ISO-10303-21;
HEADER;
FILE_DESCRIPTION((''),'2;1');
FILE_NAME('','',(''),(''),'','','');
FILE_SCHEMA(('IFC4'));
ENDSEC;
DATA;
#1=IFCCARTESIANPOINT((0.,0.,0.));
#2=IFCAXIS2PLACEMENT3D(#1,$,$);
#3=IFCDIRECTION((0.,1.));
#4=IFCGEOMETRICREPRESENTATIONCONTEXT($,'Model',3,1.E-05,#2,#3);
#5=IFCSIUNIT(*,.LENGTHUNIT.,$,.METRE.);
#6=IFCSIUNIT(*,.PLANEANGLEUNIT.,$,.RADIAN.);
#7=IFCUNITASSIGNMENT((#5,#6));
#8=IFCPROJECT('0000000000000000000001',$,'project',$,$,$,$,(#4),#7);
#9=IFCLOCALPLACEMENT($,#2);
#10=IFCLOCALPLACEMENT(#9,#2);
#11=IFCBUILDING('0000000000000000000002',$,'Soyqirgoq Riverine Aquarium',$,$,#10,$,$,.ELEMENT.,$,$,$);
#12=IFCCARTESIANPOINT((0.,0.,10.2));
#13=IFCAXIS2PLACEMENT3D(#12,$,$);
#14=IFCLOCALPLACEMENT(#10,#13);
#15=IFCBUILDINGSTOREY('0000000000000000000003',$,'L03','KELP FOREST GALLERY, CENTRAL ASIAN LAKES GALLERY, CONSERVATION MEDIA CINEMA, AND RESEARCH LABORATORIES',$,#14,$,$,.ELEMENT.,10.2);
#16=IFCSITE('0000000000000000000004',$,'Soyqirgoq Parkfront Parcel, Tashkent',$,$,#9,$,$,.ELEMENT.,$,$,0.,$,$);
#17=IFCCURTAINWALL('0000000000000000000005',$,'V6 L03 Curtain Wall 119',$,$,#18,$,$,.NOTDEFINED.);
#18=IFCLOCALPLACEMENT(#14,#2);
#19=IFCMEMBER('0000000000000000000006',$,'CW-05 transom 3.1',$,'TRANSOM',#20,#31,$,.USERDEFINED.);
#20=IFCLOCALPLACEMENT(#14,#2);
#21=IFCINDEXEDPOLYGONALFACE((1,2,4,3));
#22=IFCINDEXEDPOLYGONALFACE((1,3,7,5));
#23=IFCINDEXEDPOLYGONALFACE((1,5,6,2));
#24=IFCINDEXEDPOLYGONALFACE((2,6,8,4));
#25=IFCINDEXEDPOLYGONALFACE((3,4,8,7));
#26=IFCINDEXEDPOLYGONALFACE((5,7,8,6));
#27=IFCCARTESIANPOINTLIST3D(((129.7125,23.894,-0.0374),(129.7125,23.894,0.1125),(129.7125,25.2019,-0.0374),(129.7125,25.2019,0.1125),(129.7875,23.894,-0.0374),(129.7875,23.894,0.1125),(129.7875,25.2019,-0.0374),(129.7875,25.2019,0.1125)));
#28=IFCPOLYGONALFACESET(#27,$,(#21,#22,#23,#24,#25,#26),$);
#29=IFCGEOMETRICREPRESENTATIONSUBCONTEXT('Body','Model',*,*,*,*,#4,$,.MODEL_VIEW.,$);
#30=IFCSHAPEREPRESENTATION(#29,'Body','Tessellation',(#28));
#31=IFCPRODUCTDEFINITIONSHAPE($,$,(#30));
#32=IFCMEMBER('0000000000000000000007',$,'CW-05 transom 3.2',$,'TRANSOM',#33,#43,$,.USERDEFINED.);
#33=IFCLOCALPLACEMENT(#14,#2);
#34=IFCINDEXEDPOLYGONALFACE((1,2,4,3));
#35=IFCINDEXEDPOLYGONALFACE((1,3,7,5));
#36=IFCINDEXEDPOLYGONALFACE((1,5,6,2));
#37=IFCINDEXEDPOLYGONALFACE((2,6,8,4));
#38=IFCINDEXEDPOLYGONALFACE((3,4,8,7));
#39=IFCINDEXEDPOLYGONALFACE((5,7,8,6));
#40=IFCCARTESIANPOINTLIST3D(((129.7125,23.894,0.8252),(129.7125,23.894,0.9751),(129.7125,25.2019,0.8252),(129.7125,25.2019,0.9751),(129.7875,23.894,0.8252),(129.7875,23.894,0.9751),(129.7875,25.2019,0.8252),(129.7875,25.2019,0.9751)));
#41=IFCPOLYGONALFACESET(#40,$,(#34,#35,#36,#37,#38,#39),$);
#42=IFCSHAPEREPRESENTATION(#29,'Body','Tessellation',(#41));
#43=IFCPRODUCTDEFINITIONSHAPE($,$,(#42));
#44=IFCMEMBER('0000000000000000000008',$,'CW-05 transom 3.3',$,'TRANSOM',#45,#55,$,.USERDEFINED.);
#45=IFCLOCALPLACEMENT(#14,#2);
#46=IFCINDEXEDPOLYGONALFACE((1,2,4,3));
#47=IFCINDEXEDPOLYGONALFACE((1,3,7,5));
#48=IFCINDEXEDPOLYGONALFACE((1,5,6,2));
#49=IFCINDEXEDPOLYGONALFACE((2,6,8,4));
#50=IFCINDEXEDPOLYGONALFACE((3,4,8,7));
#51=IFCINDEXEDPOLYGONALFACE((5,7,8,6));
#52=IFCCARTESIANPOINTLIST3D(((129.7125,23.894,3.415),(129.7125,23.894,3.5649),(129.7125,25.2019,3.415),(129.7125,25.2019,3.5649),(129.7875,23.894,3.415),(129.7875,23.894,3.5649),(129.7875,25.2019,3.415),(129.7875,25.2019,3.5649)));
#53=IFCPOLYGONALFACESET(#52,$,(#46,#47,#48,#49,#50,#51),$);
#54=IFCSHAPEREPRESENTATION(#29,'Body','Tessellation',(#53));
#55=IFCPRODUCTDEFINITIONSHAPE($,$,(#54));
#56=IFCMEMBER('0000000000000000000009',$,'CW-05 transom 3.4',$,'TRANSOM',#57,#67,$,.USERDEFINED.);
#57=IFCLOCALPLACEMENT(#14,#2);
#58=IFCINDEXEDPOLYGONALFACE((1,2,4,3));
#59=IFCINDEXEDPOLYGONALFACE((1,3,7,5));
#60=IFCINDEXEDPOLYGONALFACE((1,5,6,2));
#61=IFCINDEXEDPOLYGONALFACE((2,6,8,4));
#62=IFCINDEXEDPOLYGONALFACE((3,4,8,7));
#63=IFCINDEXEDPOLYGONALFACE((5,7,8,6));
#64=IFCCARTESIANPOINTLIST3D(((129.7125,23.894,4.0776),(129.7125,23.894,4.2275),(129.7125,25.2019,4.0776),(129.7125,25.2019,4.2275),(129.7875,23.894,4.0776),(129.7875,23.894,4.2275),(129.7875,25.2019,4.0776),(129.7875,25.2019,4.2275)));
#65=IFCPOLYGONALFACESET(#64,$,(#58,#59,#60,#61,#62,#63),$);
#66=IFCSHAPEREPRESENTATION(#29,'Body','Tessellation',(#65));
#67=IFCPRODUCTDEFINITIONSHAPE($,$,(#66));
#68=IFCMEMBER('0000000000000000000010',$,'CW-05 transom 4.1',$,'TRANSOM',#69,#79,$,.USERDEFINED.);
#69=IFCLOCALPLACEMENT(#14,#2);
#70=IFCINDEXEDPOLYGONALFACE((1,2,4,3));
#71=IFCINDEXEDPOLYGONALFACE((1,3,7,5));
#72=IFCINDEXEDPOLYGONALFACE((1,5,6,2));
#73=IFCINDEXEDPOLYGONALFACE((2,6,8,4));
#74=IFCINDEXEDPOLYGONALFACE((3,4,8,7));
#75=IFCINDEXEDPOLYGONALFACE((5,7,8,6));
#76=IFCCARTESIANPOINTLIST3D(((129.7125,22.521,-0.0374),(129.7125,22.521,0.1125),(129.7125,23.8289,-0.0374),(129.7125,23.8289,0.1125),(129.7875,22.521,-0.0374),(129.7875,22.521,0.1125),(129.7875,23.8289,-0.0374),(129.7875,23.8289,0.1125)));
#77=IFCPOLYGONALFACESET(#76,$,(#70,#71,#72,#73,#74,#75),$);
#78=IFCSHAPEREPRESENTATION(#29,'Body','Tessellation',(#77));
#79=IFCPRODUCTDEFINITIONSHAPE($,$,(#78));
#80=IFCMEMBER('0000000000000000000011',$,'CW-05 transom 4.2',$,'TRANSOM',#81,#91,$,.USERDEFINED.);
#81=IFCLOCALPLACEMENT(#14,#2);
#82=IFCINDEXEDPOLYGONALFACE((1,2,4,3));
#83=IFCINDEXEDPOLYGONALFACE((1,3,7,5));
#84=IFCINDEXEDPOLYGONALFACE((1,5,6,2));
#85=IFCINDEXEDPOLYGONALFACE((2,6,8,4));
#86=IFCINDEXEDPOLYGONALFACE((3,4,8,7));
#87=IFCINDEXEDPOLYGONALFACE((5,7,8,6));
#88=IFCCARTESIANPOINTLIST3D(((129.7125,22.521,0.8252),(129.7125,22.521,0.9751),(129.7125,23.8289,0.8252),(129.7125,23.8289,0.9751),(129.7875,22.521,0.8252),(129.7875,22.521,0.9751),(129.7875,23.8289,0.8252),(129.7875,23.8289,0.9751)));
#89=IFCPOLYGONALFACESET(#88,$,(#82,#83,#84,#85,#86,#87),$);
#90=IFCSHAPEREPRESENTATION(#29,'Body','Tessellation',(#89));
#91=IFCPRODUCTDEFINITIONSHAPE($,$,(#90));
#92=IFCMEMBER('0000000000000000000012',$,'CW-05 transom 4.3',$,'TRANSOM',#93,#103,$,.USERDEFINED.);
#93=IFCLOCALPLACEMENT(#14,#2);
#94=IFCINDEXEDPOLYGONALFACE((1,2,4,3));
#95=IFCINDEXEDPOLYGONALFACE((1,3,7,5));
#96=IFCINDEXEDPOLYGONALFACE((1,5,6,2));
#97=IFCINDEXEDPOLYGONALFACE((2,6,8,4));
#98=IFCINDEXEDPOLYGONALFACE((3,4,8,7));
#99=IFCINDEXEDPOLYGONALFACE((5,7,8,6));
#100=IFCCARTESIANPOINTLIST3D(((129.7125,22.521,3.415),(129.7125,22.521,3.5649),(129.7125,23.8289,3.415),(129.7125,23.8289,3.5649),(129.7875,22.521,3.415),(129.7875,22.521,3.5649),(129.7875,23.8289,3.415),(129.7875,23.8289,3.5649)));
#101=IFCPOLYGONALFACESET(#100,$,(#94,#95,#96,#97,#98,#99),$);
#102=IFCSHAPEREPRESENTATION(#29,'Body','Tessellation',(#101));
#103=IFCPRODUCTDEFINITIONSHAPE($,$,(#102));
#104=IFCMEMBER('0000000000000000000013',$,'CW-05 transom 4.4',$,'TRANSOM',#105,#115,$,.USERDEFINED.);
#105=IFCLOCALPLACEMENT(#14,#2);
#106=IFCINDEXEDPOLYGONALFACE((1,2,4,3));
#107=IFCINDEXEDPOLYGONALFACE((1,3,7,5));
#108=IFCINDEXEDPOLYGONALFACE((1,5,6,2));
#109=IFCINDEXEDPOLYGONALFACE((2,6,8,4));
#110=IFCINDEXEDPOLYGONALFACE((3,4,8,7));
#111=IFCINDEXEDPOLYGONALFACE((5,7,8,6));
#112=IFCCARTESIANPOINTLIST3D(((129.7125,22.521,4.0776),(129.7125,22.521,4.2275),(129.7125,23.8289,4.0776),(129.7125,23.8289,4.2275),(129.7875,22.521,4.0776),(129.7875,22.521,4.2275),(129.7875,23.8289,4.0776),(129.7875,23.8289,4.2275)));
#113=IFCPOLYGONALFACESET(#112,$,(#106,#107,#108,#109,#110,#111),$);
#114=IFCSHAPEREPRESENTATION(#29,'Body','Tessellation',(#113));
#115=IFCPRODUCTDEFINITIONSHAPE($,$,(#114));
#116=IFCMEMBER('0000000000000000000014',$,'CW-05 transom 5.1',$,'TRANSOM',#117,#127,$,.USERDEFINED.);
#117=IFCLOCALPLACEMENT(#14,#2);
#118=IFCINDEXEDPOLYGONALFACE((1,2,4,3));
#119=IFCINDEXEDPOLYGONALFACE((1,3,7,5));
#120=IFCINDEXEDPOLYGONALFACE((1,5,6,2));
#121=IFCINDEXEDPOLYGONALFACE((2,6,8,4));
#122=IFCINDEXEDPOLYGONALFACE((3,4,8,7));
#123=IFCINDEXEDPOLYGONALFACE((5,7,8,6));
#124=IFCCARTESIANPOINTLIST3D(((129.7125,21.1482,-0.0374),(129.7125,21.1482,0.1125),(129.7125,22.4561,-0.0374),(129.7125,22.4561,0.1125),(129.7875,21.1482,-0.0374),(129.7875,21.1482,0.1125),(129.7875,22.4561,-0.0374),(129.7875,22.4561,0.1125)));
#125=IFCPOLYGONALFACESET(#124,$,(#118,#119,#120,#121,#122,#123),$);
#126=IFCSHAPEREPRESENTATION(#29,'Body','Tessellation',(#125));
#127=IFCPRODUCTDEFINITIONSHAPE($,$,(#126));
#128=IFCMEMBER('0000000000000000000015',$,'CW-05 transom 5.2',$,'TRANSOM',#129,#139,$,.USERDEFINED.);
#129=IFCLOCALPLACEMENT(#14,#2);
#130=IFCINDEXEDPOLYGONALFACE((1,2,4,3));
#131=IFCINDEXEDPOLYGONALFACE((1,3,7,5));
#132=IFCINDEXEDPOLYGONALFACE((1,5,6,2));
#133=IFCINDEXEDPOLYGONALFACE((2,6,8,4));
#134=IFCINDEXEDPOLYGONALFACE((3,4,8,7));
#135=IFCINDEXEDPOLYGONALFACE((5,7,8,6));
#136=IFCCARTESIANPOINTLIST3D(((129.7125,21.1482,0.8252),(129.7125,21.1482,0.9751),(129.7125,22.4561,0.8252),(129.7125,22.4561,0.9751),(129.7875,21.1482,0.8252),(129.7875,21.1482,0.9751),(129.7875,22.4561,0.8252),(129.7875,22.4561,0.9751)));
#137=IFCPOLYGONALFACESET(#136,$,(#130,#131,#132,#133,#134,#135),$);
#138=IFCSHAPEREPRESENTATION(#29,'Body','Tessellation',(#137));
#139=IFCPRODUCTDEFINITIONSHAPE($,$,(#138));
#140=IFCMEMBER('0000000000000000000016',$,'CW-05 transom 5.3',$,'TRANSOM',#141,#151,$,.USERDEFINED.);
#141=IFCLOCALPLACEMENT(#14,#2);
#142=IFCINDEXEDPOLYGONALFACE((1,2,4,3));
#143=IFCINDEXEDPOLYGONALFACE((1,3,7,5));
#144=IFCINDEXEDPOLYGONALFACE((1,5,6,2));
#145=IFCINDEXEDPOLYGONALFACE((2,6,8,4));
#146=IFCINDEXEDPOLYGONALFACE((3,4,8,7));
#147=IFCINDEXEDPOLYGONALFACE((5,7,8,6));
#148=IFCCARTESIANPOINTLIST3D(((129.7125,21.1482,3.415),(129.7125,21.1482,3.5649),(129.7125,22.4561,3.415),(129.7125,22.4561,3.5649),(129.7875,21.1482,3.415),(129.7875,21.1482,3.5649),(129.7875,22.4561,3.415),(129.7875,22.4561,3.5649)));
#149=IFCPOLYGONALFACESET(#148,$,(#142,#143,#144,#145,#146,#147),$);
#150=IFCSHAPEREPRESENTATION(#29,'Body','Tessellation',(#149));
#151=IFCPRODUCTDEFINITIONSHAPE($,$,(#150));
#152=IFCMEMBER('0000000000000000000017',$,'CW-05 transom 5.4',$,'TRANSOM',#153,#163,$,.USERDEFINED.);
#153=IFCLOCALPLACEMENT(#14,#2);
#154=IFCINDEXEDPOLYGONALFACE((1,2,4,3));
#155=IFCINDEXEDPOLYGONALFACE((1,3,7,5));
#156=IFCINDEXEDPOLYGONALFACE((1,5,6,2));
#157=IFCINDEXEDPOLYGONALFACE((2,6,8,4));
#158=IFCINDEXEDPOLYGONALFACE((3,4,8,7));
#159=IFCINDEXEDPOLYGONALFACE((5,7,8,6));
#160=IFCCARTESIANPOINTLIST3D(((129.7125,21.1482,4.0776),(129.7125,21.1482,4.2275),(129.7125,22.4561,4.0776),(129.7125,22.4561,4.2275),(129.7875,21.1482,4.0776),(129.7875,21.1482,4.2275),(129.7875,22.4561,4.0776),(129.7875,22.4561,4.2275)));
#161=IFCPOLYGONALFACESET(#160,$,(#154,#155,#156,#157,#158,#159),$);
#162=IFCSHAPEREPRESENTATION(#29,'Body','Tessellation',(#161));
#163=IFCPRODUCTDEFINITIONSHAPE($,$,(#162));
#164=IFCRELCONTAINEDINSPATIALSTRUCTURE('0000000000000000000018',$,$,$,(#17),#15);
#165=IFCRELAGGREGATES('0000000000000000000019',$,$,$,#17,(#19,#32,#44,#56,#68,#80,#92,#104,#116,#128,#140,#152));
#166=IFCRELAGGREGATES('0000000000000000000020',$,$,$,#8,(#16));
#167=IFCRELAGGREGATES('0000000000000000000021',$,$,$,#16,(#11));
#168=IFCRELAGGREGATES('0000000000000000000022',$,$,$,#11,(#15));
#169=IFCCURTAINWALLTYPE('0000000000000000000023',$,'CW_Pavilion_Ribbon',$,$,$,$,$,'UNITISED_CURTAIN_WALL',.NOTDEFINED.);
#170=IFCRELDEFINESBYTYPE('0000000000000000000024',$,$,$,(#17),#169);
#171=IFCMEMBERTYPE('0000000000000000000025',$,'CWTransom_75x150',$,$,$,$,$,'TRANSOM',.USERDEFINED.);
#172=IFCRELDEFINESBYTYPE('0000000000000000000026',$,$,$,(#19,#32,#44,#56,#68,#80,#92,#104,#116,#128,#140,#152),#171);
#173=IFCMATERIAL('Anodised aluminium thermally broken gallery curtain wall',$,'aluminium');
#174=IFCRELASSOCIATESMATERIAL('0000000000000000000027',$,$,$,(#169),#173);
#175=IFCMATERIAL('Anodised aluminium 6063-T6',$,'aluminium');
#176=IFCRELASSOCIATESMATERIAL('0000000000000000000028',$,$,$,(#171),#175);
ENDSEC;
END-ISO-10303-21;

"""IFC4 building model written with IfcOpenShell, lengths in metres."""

from ifc_helpers import new_model, si_unit, direction, frame, origin, origin_2d, place, context, subcontext, project, spatial, rectangle, extrude, material, material_profile, profile_set, type_object, element, aggregate, save


model = new_model("IFC4")

# Units and contexts
model_context = context("Model", 3, precision=1e-05, world=origin(), true_north=direction((0.0, 1.0)))
body_context = subcontext(model_context, "Body", "Model", "MODEL_VIEW")
ifc_project = project(units=[si_unit("LENGTHUNIT", "METRE"), si_unit("PLANEANGLEUNIT", "RADIAN")], contexts=[model_context])

# Site, building, storey
site_placement = place(None, origin())
site = spatial("IfcSite", under=ifc_project, at=site_placement, Name="Soyqirgoq Parkfront Parcel, Tashkent", CompositionType="ELEMENT", RefElevation=0.0)
building_placement = place(site_placement, origin())
building = spatial("IfcBuilding", under=site, at=building_placement, Name="Soyqirgoq Riverine Aquarium", CompositionType="ELEMENT")
storey_placement = place(building_placement, frame((0.0, 0.0, 10.2)))
storey = spatial("IfcBuildingStorey", under=building, at=storey_placement, Name="L03", Description="KELP FOREST GALLERY, CENTRAL ASIAN LAKES GALLERY, CONSERVATION MEDIA CINEMA, AND RESEARCH LABORATORIES", CompositionType="ELEMENT", Elevation=10.2)

# Curtain wall, members
ifc_material_1 = material(Name="Anodised aluminium thermally broken gallery curtain wall", Category="aluminium")
curtain_wall_type = type_object("IfcCurtainWallType", Name="CW_Pavilion_Ribbon", ElementType="UNITISED_CURTAIN_WALL", PredefinedType="NOTDEFINED", material=ifc_material_1)
curtain_wall_placement = place(storey_placement, origin())
curtain_wall = element("IfcCurtainWall", 1, at=curtain_wall_placement, inside=storey, type_object=curtain_wall_type, Name="V6 L03 Curtain Wall 119", PredefinedType="NOTDEFINED")
ifc_material_2 = material(Name="Anodised aluminium 6063-T6", Category="aluminium")
ifc_material_profile_1 = material_profile(ifc_material_2, rectangle(XDim=0.075, YDim=0.1499, at=origin_2d()), Name="ALU-T 75x150")
ifc_profile_set_1 = profile_set([ifc_material_profile_1], Name="Anodised aluminium 6063-T6")
member_type_1 = type_object("IfcMemberType", Name="CWTransom_75x150", ElementType="TRANSOM", PredefinedType="USERDEFINED", material=ifc_profile_set_1)
member_1_placement = place(storey_placement, frame((129.75, 25.2019, 0.0376), z_axis=(0.0, -1.0, 0.0), x_axis=(1.0, 0.0, 0.0)))
member_1 = element("IfcMember", 2, at=member_1_placement, type_object=member_type_1, Name="CW-05 transom 3.1", ObjectType="TRANSOM", PredefinedType="USERDEFINED", context=body_context, shape_type="SweptSolid", body=[
    extrude(rectangle(XDim=0.075, YDim=0.1499, at=origin_2d()), origin(), (0.0, 0.0, 1.0), 1.3079),
])
member_2_placement = place(storey_placement, frame((129.75, 25.2019, 0.9001), z_axis=(0.0, -1.0, 0.0), x_axis=(1.0, 0.0, 0.0)))
member_2 = element("IfcMember", 3, at=member_2_placement, type_object=member_type_1, Name="CW-05 transom 3.2", ObjectType="TRANSOM", PredefinedType="USERDEFINED", context=body_context, shape_type="SweptSolid", body=[
    extrude(rectangle(XDim=0.075, YDim=0.1499, at=origin_2d()), origin(), (0.0, 0.0, 1.0), 1.3079),
])
member_3_placement = place(storey_placement, frame((129.75, 25.2019, 3.49), z_axis=(0.0, -1.0, 0.0), x_axis=(1.0, 0.0, 0.0)))
member_3 = element("IfcMember", 4, at=member_3_placement, type_object=member_type_1, Name="CW-05 transom 3.3", ObjectType="TRANSOM", PredefinedType="USERDEFINED", context=body_context, shape_type="SweptSolid", body=[
    extrude(rectangle(XDim=0.075, YDim=0.1499, at=origin_2d()), origin(), (0.0, 0.0, 1.0), 1.3079),
])
member_4_placement = place(storey_placement, frame((129.75, 25.2019, 4.1526), z_axis=(0.0, -1.0, 0.0), x_axis=(1.0, 0.0, 0.0)))
member_4 = element("IfcMember", 5, at=member_4_placement, type_object=member_type_1, Name="CW-05 transom 3.4", ObjectType="TRANSOM", PredefinedType="USERDEFINED", context=body_context, shape_type="SweptSolid", body=[
    extrude(rectangle(XDim=0.075, YDim=0.1499, at=origin_2d()), origin(), (0.0, 0.0, 1.0), 1.3079),
])
member_5_placement = place(storey_placement, frame((129.75, 23.8289, 0.0376), z_axis=(0.0, -1.0, 0.0), x_axis=(1.0, 0.0, 0.0)))
member_5 = element("IfcMember", 6, at=member_5_placement, type_object=member_type_1, Name="CW-05 transom 4.1", ObjectType="TRANSOM", PredefinedType="USERDEFINED", context=body_context, shape_type="SweptSolid", body=[
    extrude(rectangle(XDim=0.075, YDim=0.1499, at=origin_2d()), origin(), (0.0, 0.0, 1.0), 1.3079),
])
member_6_placement = place(storey_placement, frame((129.75, 23.8289, 0.9001), z_axis=(0.0, -1.0, 0.0), x_axis=(1.0, 0.0, 0.0)))
member_6 = element("IfcMember", 7, at=member_6_placement, type_object=member_type_1, Name="CW-05 transom 4.2", ObjectType="TRANSOM", PredefinedType="USERDEFINED", context=body_context, shape_type="SweptSolid", body=[
    extrude(rectangle(XDim=0.075, YDim=0.1499, at=origin_2d()), origin(), (0.0, 0.0, 1.0), 1.3079),
])
member_7_placement = place(storey_placement, frame((129.75, 23.8289, 3.49), z_axis=(0.0, -1.0, 0.0), x_axis=(1.0, 0.0, 0.0)))
member_7 = element("IfcMember", 8, at=member_7_placement, type_object=member_type_1, Name="CW-05 transom 4.3", ObjectType="TRANSOM", PredefinedType="USERDEFINED", context=body_context, shape_type="SweptSolid", body=[
    extrude(rectangle(XDim=0.075, YDim=0.1499, at=origin_2d()), origin(), (0.0, 0.0, 1.0), 1.3079),
])
member_8_placement = place(storey_placement, frame((129.75, 23.8289, 4.1526), z_axis=(0.0, -1.0, 0.0), x_axis=(1.0, 0.0, 0.0)))
member_8 = element("IfcMember", 9, at=member_8_placement, type_object=member_type_1, Name="CW-05 transom 4.4", ObjectType="TRANSOM", PredefinedType="USERDEFINED", context=body_context, shape_type="SweptSolid", body=[
    extrude(rectangle(XDim=0.075, YDim=0.1499, at=origin_2d()), origin(), (0.0, 0.0, 1.0), 1.3079),
])
member_9_placement = place(storey_placement, frame((129.75, 22.4561, 0.0376), z_axis=(0.0, -1.0, 0.0), x_axis=(1.0, 0.0, 0.0)))
member_9 = element("IfcMember", 10, at=member_9_placement, type_object=member_type_1, Name="CW-05 transom 5.1", ObjectType="TRANSOM", PredefinedType="USERDEFINED", context=body_context, shape_type="SweptSolid", body=[
    extrude(rectangle(XDim=0.075, YDim=0.1499, at=origin_2d()), origin(), (0.0, 0.0, 1.0), 1.3079),
])
member_10_placement = place(storey_placement, frame((129.75, 22.4561, 0.9001), z_axis=(0.0, -1.0, 0.0), x_axis=(1.0, 0.0, 0.0)))
member_10 = element("IfcMember", 11, at=member_10_placement, type_object=member_type_1, Name="CW-05 transom 5.2", ObjectType="TRANSOM", PredefinedType="USERDEFINED", context=body_context, shape_type="SweptSolid", body=[
    extrude(rectangle(XDim=0.075, YDim=0.1499, at=origin_2d()), origin(), (0.0, 0.0, 1.0), 1.3079),
])
member_11_placement = place(storey_placement, frame((129.75, 22.4561, 3.49), z_axis=(0.0, -1.0, 0.0), x_axis=(1.0, 0.0, 0.0)))
member_11 = element("IfcMember", 12, at=member_11_placement, type_object=member_type_1, Name="CW-05 transom 5.3", ObjectType="TRANSOM", PredefinedType="USERDEFINED", context=body_context, shape_type="SweptSolid", body=[
    extrude(rectangle(XDim=0.075, YDim=0.1499, at=origin_2d()), origin(), (0.0, 0.0, 1.0), 1.3079),
])
member_12_placement = place(storey_placement, frame((129.75, 22.4561, 4.1526), z_axis=(0.0, -1.0, 0.0), x_axis=(1.0, 0.0, 0.0)))
member_12 = element("IfcMember", 13, at=member_12_placement, type_object=member_type_1, Name="CW-05 transom 5.4", ObjectType="TRANSOM", PredefinedType="USERDEFINED", context=body_context, shape_type="SweptSolid", body=[
    extrude(rectangle(XDim=0.075, YDim=0.1499, at=origin_2d()), origin(), (0.0, 0.0, 1.0), 1.3079),
])

aggregate(curtain_wall, [member_1, member_2, member_3, member_4, member_5, member_6, member_7, member_8, member_9, member_10, member_11, member_12])

save(model, "model.ifc")
